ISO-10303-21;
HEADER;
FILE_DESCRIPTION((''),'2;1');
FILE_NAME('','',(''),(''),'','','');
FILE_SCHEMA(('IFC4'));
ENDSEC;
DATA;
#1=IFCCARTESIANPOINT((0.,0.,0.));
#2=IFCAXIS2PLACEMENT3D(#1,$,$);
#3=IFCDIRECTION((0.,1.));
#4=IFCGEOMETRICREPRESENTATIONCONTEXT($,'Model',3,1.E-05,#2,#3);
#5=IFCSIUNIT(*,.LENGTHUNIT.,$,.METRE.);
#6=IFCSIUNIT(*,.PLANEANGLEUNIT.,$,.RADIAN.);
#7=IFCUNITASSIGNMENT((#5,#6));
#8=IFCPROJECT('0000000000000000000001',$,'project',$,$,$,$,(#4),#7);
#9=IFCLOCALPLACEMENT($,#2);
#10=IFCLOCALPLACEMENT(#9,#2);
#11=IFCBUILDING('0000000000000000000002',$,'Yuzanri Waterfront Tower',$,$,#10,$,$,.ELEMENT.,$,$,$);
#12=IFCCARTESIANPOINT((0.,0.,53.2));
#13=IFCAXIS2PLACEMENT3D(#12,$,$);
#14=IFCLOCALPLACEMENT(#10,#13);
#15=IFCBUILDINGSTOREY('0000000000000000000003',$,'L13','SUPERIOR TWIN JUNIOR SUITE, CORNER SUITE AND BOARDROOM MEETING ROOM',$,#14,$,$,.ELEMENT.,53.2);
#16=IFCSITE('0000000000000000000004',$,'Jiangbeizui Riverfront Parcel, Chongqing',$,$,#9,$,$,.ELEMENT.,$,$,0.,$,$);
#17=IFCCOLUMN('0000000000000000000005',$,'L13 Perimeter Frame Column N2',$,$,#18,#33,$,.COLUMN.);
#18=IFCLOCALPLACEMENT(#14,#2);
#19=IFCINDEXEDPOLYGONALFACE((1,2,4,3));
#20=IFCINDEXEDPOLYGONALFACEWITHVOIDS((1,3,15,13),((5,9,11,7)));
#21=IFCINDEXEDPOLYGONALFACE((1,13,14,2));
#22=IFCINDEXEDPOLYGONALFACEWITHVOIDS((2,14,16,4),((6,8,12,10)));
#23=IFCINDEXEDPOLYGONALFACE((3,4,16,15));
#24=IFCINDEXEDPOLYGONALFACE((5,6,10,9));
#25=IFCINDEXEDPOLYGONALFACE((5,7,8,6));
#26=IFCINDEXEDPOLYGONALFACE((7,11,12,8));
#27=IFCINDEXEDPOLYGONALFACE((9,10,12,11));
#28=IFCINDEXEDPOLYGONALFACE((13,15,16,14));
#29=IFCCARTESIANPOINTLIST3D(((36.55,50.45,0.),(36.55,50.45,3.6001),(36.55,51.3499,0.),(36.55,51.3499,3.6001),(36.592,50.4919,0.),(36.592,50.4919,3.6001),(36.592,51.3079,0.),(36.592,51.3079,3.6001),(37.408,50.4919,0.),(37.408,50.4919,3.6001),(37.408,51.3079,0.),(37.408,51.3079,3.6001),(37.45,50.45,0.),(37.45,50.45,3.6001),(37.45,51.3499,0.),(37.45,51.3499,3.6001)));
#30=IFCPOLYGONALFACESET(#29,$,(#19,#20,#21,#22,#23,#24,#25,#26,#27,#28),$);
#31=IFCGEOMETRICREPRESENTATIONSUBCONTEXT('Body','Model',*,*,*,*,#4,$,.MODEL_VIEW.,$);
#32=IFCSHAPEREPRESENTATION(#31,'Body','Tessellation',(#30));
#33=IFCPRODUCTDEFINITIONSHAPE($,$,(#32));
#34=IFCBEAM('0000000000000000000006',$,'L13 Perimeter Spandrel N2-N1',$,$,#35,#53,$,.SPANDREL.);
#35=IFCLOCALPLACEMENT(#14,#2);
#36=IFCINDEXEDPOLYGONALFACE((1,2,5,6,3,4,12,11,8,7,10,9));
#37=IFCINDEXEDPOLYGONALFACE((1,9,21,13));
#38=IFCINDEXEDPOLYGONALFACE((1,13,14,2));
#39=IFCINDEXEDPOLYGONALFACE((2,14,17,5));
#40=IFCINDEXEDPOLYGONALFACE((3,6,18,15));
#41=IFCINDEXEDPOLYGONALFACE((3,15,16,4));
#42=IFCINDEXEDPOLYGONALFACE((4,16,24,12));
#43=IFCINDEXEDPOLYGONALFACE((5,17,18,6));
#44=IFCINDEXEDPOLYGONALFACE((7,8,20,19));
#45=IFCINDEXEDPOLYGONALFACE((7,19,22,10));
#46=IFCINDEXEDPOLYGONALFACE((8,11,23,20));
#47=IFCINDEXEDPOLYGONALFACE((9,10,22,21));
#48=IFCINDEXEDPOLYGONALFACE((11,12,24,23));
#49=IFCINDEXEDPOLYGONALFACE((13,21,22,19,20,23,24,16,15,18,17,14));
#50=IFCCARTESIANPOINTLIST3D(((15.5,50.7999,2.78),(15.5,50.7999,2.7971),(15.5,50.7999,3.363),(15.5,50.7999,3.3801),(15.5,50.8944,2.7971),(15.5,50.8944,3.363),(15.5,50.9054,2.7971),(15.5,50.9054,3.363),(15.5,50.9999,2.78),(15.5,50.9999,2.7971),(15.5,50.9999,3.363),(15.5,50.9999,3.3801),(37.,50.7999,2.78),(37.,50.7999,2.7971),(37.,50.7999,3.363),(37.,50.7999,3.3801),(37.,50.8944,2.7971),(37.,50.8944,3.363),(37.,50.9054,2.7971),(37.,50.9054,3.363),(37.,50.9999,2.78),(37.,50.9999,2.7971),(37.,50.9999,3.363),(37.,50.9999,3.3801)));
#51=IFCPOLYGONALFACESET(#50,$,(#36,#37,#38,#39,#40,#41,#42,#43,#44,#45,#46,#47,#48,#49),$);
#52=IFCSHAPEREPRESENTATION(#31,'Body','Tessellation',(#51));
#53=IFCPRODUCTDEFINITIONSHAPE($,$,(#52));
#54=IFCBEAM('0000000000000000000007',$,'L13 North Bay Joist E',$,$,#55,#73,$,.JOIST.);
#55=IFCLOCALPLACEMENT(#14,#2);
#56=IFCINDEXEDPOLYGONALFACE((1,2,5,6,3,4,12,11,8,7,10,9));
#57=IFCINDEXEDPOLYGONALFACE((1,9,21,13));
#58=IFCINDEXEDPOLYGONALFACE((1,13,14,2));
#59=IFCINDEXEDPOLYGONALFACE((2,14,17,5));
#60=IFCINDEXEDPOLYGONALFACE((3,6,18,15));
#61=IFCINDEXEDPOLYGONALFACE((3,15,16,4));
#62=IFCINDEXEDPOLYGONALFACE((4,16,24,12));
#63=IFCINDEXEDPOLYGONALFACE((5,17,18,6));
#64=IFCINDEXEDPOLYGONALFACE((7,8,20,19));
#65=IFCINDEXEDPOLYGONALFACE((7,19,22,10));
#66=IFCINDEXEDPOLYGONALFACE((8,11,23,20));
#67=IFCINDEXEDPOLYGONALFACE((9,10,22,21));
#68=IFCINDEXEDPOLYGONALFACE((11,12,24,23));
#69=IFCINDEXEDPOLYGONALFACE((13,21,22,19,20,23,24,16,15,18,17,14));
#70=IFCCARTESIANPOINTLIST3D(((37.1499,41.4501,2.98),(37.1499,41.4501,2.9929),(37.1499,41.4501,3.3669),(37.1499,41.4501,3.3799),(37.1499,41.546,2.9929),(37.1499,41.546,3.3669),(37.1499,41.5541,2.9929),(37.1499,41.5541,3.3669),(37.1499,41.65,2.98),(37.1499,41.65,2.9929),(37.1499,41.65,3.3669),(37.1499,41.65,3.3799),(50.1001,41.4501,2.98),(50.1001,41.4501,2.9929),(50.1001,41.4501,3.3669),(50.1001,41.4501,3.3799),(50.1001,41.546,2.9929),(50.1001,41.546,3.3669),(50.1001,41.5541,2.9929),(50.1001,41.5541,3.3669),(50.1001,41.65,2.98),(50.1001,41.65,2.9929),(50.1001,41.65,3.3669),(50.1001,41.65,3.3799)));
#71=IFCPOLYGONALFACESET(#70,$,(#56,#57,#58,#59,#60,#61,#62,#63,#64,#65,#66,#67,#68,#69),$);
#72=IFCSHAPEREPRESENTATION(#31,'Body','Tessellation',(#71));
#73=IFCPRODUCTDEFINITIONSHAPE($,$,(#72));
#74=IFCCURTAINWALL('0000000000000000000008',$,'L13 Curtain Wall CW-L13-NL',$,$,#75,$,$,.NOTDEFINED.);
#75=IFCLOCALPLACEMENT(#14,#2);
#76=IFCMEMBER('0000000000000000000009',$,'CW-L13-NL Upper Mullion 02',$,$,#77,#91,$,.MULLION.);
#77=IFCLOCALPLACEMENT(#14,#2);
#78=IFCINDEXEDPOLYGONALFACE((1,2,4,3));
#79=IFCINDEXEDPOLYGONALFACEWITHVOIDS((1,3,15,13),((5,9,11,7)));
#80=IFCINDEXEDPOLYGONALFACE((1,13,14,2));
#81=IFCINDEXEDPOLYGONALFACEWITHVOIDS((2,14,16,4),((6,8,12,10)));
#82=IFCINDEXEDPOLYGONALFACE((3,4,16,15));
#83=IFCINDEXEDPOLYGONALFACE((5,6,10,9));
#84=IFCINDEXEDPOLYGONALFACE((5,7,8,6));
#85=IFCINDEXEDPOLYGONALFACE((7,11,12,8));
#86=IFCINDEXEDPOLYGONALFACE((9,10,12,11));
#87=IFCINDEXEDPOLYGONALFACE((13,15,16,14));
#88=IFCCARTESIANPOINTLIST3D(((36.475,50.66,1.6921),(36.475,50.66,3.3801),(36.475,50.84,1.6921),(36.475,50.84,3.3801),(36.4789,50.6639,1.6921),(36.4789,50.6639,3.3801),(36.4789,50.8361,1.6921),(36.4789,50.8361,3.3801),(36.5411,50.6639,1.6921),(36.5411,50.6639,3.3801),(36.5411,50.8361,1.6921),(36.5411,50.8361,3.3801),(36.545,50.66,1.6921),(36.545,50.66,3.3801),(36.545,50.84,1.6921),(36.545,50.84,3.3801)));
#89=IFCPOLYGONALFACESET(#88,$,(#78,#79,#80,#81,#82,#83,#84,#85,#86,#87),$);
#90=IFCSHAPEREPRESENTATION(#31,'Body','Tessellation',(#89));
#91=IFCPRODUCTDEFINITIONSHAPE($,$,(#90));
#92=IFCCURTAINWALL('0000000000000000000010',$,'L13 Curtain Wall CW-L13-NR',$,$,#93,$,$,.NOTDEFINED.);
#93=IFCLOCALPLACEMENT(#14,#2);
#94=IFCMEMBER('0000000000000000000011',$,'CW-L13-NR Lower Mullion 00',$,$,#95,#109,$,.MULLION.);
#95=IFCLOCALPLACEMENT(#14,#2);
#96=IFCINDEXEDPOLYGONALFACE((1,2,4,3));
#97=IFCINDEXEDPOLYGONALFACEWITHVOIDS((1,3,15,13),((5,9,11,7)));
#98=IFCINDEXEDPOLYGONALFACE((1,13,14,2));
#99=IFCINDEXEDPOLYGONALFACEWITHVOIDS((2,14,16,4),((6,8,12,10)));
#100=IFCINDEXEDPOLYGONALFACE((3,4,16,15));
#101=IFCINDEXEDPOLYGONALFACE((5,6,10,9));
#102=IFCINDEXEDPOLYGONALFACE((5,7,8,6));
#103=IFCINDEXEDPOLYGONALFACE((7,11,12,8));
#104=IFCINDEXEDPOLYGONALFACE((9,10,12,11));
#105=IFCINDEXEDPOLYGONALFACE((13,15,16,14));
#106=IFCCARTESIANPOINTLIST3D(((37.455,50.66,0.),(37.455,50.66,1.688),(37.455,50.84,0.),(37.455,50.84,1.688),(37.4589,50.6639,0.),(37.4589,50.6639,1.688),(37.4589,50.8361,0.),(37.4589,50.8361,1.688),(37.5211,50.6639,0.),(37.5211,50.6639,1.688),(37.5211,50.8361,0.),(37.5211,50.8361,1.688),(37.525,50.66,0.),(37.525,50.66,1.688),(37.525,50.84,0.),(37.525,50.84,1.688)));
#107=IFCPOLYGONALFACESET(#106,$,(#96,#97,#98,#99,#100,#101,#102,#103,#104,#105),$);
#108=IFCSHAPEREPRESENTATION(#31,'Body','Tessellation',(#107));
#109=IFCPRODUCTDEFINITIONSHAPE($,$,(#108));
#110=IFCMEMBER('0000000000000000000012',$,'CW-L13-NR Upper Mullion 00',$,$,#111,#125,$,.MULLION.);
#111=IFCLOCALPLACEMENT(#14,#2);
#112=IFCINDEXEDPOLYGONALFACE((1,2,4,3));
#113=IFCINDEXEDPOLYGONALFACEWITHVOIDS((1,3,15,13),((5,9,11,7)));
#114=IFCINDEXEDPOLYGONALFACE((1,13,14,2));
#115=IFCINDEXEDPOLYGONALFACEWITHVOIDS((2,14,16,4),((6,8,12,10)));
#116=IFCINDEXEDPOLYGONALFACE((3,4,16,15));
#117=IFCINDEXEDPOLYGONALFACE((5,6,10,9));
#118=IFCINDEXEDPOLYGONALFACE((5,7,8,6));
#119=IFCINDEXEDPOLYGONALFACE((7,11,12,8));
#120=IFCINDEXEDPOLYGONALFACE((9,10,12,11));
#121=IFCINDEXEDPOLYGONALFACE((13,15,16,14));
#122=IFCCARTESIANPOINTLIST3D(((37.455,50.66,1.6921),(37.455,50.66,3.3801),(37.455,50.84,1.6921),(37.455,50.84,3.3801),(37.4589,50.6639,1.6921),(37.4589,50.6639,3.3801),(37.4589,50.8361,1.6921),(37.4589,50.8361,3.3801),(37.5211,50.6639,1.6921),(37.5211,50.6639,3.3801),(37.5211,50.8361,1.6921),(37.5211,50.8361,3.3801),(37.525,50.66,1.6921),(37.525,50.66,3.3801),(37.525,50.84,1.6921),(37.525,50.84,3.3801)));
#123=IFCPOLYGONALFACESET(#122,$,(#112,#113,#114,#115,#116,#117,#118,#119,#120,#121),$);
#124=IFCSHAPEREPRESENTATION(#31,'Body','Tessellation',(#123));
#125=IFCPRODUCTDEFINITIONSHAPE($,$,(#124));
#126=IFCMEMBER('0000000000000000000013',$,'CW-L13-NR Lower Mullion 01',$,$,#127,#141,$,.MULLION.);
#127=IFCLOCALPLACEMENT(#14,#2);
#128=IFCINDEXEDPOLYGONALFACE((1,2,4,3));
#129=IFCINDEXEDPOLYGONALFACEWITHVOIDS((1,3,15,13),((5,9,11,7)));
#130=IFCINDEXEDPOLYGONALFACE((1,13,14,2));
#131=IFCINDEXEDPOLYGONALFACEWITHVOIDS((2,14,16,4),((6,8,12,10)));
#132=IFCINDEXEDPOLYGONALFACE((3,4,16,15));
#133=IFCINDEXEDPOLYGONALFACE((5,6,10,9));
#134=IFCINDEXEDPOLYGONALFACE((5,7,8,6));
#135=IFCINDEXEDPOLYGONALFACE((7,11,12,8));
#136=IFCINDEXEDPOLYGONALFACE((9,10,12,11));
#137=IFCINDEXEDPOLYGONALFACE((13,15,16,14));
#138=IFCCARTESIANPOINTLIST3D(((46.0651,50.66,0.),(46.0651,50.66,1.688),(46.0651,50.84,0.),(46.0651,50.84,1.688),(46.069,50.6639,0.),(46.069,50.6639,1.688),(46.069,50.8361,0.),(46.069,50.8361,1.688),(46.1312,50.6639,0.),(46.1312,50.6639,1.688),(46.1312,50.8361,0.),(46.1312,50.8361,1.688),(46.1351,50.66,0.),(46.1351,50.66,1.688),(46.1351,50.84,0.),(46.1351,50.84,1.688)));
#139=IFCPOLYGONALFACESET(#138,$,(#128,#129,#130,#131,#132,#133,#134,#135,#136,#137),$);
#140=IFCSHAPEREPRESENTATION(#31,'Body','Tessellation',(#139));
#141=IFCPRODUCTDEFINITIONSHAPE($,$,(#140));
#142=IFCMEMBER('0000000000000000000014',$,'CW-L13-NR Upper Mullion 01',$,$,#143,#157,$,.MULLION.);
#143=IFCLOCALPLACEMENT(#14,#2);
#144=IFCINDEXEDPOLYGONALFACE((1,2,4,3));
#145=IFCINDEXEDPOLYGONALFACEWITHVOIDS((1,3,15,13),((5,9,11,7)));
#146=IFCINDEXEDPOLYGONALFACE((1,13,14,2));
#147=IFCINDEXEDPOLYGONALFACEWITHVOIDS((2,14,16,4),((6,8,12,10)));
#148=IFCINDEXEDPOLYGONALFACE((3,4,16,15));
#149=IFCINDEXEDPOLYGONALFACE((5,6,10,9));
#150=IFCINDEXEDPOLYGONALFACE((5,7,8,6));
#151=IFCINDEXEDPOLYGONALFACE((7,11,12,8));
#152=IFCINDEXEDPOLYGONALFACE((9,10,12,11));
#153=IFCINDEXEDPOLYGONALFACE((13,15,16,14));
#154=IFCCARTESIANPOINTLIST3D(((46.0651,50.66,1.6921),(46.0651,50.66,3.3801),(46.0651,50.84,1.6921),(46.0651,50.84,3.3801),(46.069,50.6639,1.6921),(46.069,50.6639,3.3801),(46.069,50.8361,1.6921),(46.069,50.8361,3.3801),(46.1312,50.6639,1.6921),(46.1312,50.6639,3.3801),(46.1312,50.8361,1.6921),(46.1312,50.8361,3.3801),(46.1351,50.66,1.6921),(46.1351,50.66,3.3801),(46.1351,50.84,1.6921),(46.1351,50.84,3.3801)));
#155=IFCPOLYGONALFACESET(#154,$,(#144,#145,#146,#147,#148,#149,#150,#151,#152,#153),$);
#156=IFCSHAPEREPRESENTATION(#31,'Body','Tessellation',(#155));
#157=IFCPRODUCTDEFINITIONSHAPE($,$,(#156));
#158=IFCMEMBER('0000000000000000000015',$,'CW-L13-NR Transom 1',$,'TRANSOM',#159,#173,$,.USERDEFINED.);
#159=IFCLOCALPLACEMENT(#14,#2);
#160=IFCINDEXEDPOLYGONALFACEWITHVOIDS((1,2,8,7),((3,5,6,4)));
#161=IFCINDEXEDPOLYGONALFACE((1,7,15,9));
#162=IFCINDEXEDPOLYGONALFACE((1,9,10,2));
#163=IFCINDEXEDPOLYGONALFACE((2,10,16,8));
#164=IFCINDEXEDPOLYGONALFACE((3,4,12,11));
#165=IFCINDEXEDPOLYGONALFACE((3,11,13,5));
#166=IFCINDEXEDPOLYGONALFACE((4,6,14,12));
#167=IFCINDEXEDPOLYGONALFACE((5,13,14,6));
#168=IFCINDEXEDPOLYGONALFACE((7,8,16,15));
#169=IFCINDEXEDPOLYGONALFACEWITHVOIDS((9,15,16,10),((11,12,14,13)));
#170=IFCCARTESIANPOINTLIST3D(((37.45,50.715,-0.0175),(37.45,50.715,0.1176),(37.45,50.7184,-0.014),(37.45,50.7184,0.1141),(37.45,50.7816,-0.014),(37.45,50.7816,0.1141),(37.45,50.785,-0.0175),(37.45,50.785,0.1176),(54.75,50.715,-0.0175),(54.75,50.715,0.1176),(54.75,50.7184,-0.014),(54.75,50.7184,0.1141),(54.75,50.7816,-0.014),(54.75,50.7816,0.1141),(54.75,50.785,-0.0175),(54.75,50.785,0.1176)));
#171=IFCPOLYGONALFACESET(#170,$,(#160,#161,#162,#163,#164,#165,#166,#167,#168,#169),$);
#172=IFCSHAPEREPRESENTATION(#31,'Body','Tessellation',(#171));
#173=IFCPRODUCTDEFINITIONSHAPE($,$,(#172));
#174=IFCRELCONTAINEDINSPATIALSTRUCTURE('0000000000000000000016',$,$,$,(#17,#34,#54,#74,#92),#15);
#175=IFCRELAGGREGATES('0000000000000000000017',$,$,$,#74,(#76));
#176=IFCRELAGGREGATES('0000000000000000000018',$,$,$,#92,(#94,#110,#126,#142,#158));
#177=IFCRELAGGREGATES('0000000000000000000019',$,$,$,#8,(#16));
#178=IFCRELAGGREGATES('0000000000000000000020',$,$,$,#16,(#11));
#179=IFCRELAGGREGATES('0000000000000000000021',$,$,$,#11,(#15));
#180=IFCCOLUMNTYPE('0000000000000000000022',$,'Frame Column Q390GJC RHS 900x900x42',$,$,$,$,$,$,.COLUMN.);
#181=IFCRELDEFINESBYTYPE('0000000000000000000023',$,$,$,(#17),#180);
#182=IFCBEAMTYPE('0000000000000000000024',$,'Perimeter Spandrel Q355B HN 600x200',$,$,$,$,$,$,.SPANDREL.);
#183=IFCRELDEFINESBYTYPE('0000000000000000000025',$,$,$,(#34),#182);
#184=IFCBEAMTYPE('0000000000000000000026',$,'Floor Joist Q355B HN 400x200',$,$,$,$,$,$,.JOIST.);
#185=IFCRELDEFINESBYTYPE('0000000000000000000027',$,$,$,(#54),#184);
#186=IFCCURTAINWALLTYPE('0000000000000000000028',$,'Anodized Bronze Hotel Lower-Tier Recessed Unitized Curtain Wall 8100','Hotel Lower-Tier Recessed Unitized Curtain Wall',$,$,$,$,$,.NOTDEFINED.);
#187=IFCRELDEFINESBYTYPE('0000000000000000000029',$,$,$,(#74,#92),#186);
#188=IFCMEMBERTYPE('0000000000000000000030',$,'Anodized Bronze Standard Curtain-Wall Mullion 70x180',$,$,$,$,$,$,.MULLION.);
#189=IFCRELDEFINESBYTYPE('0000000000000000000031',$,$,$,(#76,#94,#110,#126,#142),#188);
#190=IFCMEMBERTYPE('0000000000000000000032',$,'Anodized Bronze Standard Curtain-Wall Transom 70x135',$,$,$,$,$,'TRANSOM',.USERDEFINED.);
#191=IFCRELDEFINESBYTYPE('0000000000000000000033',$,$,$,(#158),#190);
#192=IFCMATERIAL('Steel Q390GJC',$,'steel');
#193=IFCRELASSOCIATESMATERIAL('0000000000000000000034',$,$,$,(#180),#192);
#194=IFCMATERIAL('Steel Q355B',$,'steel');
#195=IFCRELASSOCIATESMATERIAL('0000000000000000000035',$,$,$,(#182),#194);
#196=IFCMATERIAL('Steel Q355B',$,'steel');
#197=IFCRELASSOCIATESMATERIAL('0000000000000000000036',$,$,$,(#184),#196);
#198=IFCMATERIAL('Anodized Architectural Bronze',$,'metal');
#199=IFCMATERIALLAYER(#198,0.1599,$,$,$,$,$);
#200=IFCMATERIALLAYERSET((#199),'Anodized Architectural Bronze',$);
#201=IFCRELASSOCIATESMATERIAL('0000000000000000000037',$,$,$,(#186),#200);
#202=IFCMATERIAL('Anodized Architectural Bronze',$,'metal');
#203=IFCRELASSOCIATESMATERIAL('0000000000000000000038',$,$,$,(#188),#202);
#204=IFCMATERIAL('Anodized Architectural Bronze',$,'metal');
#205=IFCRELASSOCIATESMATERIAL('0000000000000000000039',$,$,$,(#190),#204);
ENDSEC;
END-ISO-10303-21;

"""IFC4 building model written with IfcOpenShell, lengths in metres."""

from ifc_helpers import new_model, si_unit, direction, frame, origin, origin_2d, place, context, subcontext, project, spatial, hollow_rectangle, i_section, extrude, source, transform, mapped, material, layer, layer_set, material_profile, profile_set, type_object, element, aggregate, save


model = new_model("IFC4")

# Units and contexts
model_context = context("Model", 3, precision=1e-05, world=origin(), true_north=direction((0.0, 1.0)))
body_context = subcontext(model_context, "Body", "Model", "MODEL_VIEW")
ifc_project = project(units=[si_unit("LENGTHUNIT", "METRE"), si_unit("PLANEANGLEUNIT", "RADIAN")], contexts=[model_context])

# Site, building, storey
site_placement = place(None, origin())
site = spatial("IfcSite", under=ifc_project, at=site_placement, Name="Jiangbeizui Riverfront Parcel, Chongqing", CompositionType="ELEMENT", RefElevation=0.0)
building_placement = place(site_placement, origin())
building = spatial("IfcBuilding", under=site, at=building_placement, Name="Yuzanri Waterfront Tower", CompositionType="ELEMENT")
storey_placement = place(building_placement, frame((0.0, 0.0, 53.2)))
storey = spatial("IfcBuildingStorey", under=building, at=storey_placement, Name="L13", Description="SUPERIOR TWIN JUNIOR SUITE, CORNER SUITE AND BOARDROOM MEETING ROOM", CompositionType="ELEMENT", Elevation=53.2)

# Column
ifc_material_1 = material(Name="Steel Q390GJC", Category="steel")
ifc_material_profile_1 = material_profile(ifc_material_1, hollow_rectangle(XDim=0.8999, YDim=0.8999, WallThickness=0.042, at=origin_2d()), Name="RHS 900x900x42")
ifc_profile_set_1 = profile_set([ifc_material_profile_1], Name="Steel Q390GJC")
column_type = type_object("IfcColumnType", Name="Frame Column Q390GJC RHS 900x900x42", PredefinedType="COLUMN", material=ifc_profile_set_1)
shared_shape_1 = source(origin(), body_context, "Body", "SweptSolid", [
    extrude(hollow_rectangle(XDim=0.8999, YDim=0.8999, WallThickness=0.042, at=origin_2d()), origin(), (0.0, 0.0, 1.0), 3.6001),
])
column_placement = place(storey_placement, frame((37.0, 50.8999, 0.0), z_axis=(0.0, 0.0, 1.0), x_axis=(1.0, 0.0, 0.0)))
element("IfcColumn", 1, at=column_placement, inside=storey, type_object=column_type, Name="L13 Perimeter Frame Column N2", PredefinedType="COLUMN", context=body_context, shape_type="MappedRepresentation", body=[
    mapped(shared_shape_1, transform((0.0, 0.0, 0.0), scale=1.0)),
])

# Beams
ifc_material_2 = material(Name="Steel Q355B", Category="steel")
ifc_material_profile_2 = material_profile(ifc_material_2, i_section(OverallWidth=0.2, OverallDepth=0.6001, WebThickness=0.011, FlangeThickness=0.0171, at=origin_2d()), Name="HN 600x200x11x17")
ifc_profile_set_2 = profile_set([ifc_material_profile_2], Name="Steel Q355B")
beam_type_1 = type_object("IfcBeamType", Name="Perimeter Spandrel Q355B HN 600x200", PredefinedType="SPANDREL", material=ifc_profile_set_2)
shared_shape_2 = source(origin(), body_context, "Body", "SweptSolid", [
    extrude(i_section(OverallWidth=0.2, OverallDepth=0.6001, WebThickness=0.011, FlangeThickness=0.0171, at=origin_2d()), origin(), (0.0, 0.0, 1.0), 21.5),
])
beam_1_placement = place(storey_placement, frame((37.0, 50.8999, 3.0801), z_axis=(-1.0, 0.0, 0.0), x_axis=(0.0, -1.0, 0.0)))
element("IfcBeam", 2, at=beam_1_placement, inside=storey, type_object=beam_type_1, Name="L13 Perimeter Spandrel N2-N1", PredefinedType="SPANDREL", context=body_context, shape_type="MappedRepresentation", body=[
    mapped(shared_shape_2, transform((0.0, 0.0, 0.0), scale=1.0)),
])
ifc_material_3 = material(Name="Steel Q355B", Category="steel")
ifc_material_profile_3 = material_profile(ifc_material_3, i_section(OverallWidth=0.2, OverallDepth=0.3999, WebThickness=0.0081, FlangeThickness=0.0129, at=origin_2d()), Name="HN 400x200x8x13")
ifc_profile_set_3 = profile_set([ifc_material_profile_3], Name="Steel Q355B")
beam_type_2 = type_object("IfcBeamType", Name="Floor Joist Q355B HN 400x200", PredefinedType="JOIST", material=ifc_profile_set_3)
shared_shape_3 = source(origin(), body_context, "Body", "SweptSolid", [
    extrude(i_section(OverallWidth=0.2, OverallDepth=0.3999, WebThickness=0.0081, FlangeThickness=0.0129, at=origin_2d()), origin(), (0.0, 0.0, 1.0), 12.9502),
])
beam_2_placement = place(storey_placement, frame((37.1499, 41.55, 3.1799), z_axis=(1.0, 0.0, 0.0), x_axis=(0.0, 1.0, 0.0)))
element("IfcBeam", 3, at=beam_2_placement, inside=storey, type_object=beam_type_2, Name="L13 North Bay Joist E", PredefinedType="JOIST", context=body_context, shape_type="MappedRepresentation", body=[
    mapped(shared_shape_3, transform((0.0, 0.0, 0.0), scale=1.0)),
])

# Curtain wall, member
ifc_material_4 = material(Name="Anodized Architectural Bronze", Category="metal")
ifc_layer_1 = layer(ifc_material_4, 0.1599)
ifc_layer_set_1 = layer_set([ifc_layer_1], Name="Anodized Architectural Bronze")
curtain_wall_type = type_object("IfcCurtainWallType", Name="Anodized Bronze Hotel Lower-Tier Recessed Unitized Curtain Wall 8100", Description="Hotel Lower-Tier Recessed Unitized Curtain Wall", PredefinedType="NOTDEFINED", material=ifc_layer_set_1)
curtain_wall_1_placement = place(storey_placement, origin())
curtain_wall_1 = element("IfcCurtainWall", 4, at=curtain_wall_1_placement, inside=storey, type_object=curtain_wall_type, Name="L13 Curtain Wall CW-L13-NL", PredefinedType="NOTDEFINED")
ifc_material_5 = material(Name="Anodized Architectural Bronze", Category="metal")
ifc_material_profile_4 = material_profile(ifc_material_5, hollow_rectangle(XDim=0.0701, YDim=0.1799, WallThickness=0.0039, at=origin_2d()), Name="CWM 70x180")
ifc_profile_set_4 = profile_set([ifc_material_profile_4], Name="Anodized Architectural Bronze")
member_type_1 = type_object("IfcMemberType", Name="Anodized Bronze Standard Curtain-Wall Mullion 70x180", PredefinedType="MULLION", material=ifc_profile_set_4)
shared_shape_4 = source(origin(), body_context, "Body", "SweptSolid", [
    extrude(hollow_rectangle(XDim=0.0701, YDim=0.1799, WallThickness=0.0039, at=origin_2d()), origin(), (0.0, 0.0, 1.0), 1.688),
])
member_1_placement = place(storey_placement, frame((36.51, 50.75, 1.6921), z_axis=(0.0, 0.0, 1.0), x_axis=(1.0, 0.0, 0.0)))
member_1 = element("IfcMember", 5, at=member_1_placement, type_object=member_type_1, Name="CW-L13-NL Upper Mullion 02", PredefinedType="MULLION", context=body_context, shape_type="MappedRepresentation", body=[
    mapped(shared_shape_4, transform((0.0, 0.0, 0.0), scale=1.0)),
])
aggregate(curtain_wall_1, [member_1])

# Curtain wall, members
curtain_wall_2_placement = place(storey_placement, origin())
curtain_wall_2 = element("IfcCurtainWall", 6, at=curtain_wall_2_placement, inside=storey, type_object=curtain_wall_type, Name="L13 Curtain Wall CW-L13-NR", PredefinedType="NOTDEFINED")
member_2_placement = place(storey_placement, frame((37.49, 50.75, 0.0), z_axis=(0.0, 0.0, 1.0), x_axis=(1.0, 0.0, 0.0)))
member_2 = element("IfcMember", 7, at=member_2_placement, type_object=member_type_1, Name="CW-L13-NR Lower Mullion 00", PredefinedType="MULLION", context=body_context, shape_type="MappedRepresentation", body=[
    mapped(shared_shape_4, transform((0.0, 0.0, 0.0), scale=1.0)),
])
member_3_placement = place(storey_placement, frame((37.49, 50.75, 1.6921), z_axis=(0.0, 0.0, 1.0), x_axis=(1.0, 0.0, 0.0)))
member_3 = element("IfcMember", 8, at=member_3_placement, type_object=member_type_1, Name="CW-L13-NR Upper Mullion 00", PredefinedType="MULLION", context=body_context, shape_type="MappedRepresentation", body=[
    mapped(shared_shape_4, transform((0.0, 0.0, 0.0), scale=1.0)),
])
member_4_placement = place(storey_placement, frame((46.1001, 50.75, 0.0), z_axis=(0.0, 0.0, 1.0), x_axis=(1.0, 0.0, 0.0)))
member_4 = element("IfcMember", 9, at=member_4_placement, type_object=member_type_1, Name="CW-L13-NR Lower Mullion 01", PredefinedType="MULLION", context=body_context, shape_type="MappedRepresentation", body=[
    mapped(shared_shape_4, transform((0.0, 0.0, 0.0), scale=1.0)),
])
member_5_placement = place(storey_placement, frame((46.1001, 50.75, 1.6921), z_axis=(0.0, 0.0, 1.0), x_axis=(1.0, 0.0, 0.0)))
member_5 = element("IfcMember", 10, at=member_5_placement, type_object=member_type_1, Name="CW-L13-NR Upper Mullion 01", PredefinedType="MULLION", context=body_context, shape_type="MappedRepresentation", body=[
    mapped(shared_shape_4, transform((0.0, 0.0, 0.0), scale=1.0)),
])
ifc_material_6 = material(Name="Anodized Architectural Bronze", Category="metal")
ifc_material_profile_5 = material_profile(ifc_material_6, hollow_rectangle(XDim=0.0701, YDim=0.135, WallThickness=0.0034, at=origin_2d()), Name="CWT 70x135")
ifc_profile_set_5 = profile_set([ifc_material_profile_5], Name="Anodized Architectural Bronze")
member_type_2 = type_object("IfcMemberType", Name="Anodized Bronze Standard Curtain-Wall Transom 70x135", ElementType="TRANSOM", PredefinedType="USERDEFINED", material=ifc_profile_set_5)
shared_shape_5 = source(origin(), body_context, "Body", "SweptSolid", [
    extrude(hollow_rectangle(XDim=0.0701, YDim=0.135, WallThickness=0.0034, at=origin_2d()), origin(), (0.0, 0.0, 1.0), 17.3),
])
member_6_placement = place(storey_placement, frame((37.45, 50.75, 0.05), z_axis=(1.0, 0.0, 0.0), x_axis=(0.0, 1.0, 0.0)))
member_6 = element("IfcMember", 11, at=member_6_placement, type_object=member_type_2, Name="CW-L13-NR Transom 1", ObjectType="TRANSOM", PredefinedType="USERDEFINED", context=body_context, shape_type="MappedRepresentation", body=[
    mapped(shared_shape_5, transform((0.0, 0.0, 0.0), scale=1.0)),
])
aggregate(curtain_wall_2, [member_2, member_3, member_4, member_5, member_6])

save(model, "model.ifc")
